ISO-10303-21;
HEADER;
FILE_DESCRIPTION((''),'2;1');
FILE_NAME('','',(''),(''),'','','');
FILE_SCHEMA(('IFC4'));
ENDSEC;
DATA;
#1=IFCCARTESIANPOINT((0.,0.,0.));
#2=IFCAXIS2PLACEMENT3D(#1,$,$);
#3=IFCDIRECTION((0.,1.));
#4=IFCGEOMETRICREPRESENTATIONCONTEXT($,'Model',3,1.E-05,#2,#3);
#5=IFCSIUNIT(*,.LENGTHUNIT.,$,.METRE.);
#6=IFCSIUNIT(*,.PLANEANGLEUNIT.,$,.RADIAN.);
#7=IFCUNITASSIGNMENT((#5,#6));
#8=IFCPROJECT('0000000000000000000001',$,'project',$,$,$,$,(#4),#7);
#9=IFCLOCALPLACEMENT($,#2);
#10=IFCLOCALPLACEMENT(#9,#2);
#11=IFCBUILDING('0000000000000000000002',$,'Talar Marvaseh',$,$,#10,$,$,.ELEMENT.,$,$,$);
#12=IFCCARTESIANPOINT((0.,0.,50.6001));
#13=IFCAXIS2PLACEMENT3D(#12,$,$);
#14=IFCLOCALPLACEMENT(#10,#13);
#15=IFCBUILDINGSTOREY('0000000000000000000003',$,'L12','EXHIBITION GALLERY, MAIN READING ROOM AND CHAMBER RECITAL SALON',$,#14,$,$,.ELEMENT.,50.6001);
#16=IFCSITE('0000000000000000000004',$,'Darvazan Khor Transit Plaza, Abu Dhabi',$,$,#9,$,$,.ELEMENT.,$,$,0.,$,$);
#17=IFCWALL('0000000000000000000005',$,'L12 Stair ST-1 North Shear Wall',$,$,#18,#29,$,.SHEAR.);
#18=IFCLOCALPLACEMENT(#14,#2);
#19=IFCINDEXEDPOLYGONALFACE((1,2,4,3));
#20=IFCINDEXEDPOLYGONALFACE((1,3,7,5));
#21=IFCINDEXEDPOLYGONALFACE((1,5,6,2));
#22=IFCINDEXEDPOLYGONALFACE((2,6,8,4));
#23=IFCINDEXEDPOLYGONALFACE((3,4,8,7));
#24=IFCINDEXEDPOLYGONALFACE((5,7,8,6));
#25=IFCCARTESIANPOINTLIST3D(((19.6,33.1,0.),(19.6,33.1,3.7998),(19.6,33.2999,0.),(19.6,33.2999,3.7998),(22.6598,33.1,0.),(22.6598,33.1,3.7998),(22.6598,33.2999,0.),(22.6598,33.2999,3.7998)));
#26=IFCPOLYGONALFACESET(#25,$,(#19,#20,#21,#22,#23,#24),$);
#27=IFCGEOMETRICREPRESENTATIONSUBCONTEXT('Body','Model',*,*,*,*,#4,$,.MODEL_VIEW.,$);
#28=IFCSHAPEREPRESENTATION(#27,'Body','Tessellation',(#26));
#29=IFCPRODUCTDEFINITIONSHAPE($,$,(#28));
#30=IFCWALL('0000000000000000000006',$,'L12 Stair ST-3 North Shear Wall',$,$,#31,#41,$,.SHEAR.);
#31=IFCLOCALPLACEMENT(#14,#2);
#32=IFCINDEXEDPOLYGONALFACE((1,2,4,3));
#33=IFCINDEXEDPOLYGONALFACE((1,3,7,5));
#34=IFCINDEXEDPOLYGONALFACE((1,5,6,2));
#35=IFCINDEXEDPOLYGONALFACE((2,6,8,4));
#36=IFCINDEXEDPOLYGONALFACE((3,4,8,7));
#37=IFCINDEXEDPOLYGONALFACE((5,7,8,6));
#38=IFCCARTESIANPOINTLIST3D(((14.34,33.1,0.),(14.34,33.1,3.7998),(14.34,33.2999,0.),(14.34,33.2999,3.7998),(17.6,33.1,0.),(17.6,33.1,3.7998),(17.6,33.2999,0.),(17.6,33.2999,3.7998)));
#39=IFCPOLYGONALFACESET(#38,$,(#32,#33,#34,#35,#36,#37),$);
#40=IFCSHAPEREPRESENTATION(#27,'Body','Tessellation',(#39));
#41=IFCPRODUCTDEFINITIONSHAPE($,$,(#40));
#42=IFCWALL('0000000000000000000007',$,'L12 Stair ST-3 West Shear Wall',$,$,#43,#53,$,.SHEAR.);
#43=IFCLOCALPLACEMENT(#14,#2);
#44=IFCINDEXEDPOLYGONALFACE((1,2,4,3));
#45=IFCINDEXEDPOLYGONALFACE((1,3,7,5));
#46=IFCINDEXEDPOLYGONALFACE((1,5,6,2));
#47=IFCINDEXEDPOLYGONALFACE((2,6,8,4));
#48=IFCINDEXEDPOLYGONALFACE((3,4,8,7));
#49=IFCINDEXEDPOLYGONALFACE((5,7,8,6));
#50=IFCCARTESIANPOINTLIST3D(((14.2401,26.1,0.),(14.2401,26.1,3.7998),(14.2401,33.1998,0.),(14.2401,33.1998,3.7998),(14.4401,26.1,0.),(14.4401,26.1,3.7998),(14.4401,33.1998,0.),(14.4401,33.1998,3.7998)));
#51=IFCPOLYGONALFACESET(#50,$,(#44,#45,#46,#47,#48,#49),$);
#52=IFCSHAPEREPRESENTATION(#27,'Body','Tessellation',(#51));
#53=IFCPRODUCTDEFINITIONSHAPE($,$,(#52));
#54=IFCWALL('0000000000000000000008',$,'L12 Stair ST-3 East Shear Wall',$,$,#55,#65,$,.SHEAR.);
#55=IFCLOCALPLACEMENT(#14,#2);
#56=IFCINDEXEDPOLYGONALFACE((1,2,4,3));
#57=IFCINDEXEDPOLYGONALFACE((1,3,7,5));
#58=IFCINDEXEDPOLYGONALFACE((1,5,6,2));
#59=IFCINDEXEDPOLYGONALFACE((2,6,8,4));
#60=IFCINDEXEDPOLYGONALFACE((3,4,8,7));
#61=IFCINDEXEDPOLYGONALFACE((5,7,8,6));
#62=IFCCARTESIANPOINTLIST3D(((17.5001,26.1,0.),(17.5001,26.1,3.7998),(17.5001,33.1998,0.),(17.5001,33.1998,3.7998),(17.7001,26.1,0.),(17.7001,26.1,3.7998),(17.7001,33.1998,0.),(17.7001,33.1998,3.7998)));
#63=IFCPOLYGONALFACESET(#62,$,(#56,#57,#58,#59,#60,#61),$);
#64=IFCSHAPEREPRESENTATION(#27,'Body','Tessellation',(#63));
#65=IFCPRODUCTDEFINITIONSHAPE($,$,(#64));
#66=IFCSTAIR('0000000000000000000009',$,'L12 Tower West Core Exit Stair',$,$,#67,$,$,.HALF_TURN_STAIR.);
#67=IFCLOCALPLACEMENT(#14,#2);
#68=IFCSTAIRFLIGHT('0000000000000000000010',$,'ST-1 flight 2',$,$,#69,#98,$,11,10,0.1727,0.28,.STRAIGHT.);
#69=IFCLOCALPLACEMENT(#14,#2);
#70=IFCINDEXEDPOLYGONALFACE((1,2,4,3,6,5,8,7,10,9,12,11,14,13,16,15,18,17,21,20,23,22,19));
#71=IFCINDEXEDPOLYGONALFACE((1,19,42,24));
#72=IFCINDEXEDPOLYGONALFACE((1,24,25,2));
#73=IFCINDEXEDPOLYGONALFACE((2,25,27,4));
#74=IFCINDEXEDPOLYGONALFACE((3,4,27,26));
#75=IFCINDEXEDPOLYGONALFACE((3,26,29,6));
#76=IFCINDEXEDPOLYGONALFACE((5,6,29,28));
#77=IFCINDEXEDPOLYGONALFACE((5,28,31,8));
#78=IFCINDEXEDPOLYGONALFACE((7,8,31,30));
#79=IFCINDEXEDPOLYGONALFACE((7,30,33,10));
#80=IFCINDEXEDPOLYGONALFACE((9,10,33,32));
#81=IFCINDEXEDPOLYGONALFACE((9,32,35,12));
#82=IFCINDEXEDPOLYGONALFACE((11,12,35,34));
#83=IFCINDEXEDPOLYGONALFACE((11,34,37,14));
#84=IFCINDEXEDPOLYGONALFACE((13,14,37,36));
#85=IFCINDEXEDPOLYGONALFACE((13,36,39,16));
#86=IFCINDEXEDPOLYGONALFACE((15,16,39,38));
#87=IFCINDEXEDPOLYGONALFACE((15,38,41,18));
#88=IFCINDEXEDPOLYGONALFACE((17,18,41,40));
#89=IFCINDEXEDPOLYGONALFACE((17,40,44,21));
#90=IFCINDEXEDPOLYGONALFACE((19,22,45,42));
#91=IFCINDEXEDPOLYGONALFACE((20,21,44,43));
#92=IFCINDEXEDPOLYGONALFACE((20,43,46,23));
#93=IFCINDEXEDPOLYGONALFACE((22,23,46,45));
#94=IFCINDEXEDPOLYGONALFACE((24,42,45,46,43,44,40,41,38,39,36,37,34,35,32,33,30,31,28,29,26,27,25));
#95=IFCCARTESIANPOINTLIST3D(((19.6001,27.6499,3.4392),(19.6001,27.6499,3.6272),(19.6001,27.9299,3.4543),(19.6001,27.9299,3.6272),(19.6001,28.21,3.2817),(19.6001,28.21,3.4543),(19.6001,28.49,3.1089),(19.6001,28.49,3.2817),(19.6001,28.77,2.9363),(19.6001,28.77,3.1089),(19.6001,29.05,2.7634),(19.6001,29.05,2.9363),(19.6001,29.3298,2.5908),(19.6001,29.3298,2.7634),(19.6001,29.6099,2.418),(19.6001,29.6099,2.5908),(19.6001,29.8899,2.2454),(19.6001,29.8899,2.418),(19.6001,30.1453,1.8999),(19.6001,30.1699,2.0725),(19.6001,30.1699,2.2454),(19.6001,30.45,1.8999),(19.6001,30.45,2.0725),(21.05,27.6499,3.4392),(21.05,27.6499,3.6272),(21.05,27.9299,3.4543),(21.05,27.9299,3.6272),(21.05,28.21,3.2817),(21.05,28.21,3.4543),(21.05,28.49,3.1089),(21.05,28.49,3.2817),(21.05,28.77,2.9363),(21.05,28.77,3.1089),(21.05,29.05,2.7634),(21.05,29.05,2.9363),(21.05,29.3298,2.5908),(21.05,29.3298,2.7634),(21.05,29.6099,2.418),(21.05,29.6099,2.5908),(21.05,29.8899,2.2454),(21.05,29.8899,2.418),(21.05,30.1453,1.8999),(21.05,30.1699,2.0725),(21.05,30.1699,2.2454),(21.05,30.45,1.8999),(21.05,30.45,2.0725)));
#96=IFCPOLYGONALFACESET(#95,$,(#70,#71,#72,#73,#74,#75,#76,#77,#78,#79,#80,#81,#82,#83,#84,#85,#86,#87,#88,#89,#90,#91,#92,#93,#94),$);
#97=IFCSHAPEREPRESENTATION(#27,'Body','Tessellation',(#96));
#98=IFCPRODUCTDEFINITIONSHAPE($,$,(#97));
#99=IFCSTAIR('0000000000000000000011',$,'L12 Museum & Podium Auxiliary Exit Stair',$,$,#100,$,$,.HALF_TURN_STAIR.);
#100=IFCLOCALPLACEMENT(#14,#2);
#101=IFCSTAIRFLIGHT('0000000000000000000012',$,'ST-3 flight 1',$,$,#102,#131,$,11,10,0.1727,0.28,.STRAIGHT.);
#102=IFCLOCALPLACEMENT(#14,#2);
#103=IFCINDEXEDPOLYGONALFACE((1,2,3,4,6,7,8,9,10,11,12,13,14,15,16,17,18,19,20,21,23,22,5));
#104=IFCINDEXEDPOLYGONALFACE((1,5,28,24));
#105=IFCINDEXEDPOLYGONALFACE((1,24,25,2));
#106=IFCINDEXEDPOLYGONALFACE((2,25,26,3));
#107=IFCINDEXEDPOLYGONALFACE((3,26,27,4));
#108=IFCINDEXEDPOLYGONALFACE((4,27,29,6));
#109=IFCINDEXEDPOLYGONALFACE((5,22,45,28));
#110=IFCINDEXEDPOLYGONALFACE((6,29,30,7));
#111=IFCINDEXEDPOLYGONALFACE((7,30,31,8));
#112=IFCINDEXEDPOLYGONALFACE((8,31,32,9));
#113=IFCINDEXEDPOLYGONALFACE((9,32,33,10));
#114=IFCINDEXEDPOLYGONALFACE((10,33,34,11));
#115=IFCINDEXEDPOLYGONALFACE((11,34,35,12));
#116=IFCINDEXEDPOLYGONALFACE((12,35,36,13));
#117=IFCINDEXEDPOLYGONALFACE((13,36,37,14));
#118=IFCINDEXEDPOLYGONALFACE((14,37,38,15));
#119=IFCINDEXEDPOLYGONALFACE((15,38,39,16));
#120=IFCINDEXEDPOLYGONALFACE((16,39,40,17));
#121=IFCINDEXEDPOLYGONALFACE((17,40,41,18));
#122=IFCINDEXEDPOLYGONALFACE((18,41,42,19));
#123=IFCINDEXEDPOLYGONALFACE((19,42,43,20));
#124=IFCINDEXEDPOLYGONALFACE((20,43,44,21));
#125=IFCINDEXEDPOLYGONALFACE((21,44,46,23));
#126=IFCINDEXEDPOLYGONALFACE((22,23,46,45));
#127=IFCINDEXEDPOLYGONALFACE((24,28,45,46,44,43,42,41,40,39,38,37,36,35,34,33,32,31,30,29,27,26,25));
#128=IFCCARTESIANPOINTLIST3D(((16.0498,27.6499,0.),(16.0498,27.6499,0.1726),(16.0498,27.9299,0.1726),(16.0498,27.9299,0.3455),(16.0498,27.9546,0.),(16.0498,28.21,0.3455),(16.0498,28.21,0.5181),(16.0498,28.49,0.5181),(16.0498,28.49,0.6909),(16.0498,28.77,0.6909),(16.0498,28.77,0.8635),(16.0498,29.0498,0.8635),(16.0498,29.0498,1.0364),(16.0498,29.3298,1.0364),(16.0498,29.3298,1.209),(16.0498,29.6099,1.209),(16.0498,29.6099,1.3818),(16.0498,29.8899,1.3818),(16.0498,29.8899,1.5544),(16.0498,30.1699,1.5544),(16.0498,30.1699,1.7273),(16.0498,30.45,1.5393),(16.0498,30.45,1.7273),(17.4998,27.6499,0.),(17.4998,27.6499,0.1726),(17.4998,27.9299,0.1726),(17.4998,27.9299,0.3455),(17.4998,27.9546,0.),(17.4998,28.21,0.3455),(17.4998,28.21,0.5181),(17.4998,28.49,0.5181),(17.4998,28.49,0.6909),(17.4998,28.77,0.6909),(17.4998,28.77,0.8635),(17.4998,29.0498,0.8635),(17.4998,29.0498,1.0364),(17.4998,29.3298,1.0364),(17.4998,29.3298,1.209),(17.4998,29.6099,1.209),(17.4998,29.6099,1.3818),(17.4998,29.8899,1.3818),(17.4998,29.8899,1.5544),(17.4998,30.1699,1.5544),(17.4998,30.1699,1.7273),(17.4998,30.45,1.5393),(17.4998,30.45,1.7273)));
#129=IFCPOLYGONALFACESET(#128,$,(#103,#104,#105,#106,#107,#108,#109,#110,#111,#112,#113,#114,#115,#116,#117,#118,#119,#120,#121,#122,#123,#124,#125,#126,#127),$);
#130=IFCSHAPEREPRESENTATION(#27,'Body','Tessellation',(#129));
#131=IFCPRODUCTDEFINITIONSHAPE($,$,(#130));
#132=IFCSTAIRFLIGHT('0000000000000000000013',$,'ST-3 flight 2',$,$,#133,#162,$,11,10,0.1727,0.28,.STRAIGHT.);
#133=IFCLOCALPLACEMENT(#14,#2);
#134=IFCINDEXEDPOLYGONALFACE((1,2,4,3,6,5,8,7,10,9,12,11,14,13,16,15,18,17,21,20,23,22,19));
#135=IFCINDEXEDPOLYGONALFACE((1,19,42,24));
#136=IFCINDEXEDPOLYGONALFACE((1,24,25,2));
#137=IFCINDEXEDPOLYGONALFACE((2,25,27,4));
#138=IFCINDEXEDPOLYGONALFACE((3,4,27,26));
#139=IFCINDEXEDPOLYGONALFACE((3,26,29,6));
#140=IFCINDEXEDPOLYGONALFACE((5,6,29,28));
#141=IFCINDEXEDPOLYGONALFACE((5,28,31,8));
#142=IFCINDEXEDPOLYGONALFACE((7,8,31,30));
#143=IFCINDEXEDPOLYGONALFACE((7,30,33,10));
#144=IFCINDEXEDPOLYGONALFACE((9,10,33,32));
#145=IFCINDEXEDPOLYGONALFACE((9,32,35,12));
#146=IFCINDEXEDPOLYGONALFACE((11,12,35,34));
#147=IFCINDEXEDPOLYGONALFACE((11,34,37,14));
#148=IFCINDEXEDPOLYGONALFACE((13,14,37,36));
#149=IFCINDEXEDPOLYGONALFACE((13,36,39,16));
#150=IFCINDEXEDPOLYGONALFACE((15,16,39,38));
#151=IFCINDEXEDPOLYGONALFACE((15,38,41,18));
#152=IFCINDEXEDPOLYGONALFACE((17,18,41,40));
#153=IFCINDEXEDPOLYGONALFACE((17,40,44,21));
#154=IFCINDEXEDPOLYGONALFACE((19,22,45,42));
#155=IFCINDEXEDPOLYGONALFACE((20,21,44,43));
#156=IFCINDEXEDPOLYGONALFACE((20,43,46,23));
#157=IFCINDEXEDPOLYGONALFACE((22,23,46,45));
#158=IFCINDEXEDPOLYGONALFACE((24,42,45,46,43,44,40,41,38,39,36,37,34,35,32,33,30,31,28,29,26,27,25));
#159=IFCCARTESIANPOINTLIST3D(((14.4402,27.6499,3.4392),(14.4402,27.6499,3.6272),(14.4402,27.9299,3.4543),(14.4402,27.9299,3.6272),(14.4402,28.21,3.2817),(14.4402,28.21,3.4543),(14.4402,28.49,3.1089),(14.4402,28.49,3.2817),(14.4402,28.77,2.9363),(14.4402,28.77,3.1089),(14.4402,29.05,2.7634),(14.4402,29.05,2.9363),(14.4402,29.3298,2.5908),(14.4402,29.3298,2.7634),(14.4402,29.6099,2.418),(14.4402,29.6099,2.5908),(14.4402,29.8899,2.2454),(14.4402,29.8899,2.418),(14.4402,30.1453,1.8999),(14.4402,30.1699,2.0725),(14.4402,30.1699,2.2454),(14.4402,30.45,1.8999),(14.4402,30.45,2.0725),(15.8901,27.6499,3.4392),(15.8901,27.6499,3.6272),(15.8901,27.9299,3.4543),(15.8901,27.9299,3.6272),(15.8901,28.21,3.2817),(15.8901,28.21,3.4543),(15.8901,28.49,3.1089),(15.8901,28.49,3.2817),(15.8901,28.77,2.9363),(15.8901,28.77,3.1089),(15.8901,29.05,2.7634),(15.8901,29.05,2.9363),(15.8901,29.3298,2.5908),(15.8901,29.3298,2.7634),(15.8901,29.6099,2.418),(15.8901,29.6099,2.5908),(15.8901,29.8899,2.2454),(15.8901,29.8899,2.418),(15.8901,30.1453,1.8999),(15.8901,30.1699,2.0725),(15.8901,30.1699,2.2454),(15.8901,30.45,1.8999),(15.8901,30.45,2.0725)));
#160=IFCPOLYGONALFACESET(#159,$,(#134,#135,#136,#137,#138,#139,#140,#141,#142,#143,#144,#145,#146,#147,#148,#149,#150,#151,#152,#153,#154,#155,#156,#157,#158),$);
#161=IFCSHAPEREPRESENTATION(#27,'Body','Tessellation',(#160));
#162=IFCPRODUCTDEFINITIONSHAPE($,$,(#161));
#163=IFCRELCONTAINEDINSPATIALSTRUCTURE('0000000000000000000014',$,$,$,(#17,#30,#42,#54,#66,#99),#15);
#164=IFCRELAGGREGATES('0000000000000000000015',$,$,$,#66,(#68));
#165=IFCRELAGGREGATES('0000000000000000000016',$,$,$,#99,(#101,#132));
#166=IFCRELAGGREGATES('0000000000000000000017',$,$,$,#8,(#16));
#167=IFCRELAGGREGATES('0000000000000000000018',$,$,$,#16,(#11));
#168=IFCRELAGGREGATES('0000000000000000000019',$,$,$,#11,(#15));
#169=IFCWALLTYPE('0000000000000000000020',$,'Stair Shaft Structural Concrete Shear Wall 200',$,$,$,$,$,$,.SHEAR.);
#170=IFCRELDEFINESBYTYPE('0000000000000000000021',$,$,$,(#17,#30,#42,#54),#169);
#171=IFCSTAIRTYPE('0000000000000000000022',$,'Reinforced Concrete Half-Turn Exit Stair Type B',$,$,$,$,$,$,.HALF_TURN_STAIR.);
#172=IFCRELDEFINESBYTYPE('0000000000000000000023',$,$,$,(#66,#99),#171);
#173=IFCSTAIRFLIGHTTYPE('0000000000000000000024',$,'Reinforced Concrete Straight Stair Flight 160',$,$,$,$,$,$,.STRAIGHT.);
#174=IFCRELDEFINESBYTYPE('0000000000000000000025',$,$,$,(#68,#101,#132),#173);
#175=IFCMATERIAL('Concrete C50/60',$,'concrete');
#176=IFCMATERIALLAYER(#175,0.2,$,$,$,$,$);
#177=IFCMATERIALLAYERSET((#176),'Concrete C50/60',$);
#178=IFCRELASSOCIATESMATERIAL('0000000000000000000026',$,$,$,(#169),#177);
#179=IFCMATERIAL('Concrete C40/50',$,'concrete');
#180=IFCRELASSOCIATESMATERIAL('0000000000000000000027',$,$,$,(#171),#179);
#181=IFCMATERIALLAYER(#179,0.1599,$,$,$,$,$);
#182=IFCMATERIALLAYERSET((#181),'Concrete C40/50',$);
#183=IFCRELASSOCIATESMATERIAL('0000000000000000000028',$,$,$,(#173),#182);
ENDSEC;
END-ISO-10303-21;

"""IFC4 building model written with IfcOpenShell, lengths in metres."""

from ifc_helpers import new_model, si_unit, direction, frame, frame_2d, origin, place, context, subcontext, project, spatial, polyline, rectangle, outline, extrude, material, layer, layer_set, type_object, element, aggregate, save


model = new_model("IFC4")

# Units and contexts
model_context = context("Model", 3, precision=1e-05, world=origin(), true_north=direction((0.0, 1.0)))
body_context = subcontext(model_context, "Body", "Model", "MODEL_VIEW")
ifc_project = project(units=[si_unit("LENGTHUNIT", "METRE"), si_unit("PLANEANGLEUNIT", "RADIAN")], contexts=[model_context])

# Site, building, storey
site_placement = place(None, origin())
site = spatial("IfcSite", under=ifc_project, at=site_placement, Name="Darvazan Khor Transit Plaza, Abu Dhabi", CompositionType="ELEMENT", RefElevation=0.0)
building_placement = place(site_placement, origin())
building = spatial("IfcBuilding", under=site, at=building_placement, Name="Talar Marvaseh", CompositionType="ELEMENT")
storey_placement = place(building_placement, frame((0.0, 0.0, 50.6001)))
storey = spatial("IfcBuildingStorey", under=building, at=storey_placement, Name="L12", Description="EXHIBITION GALLERY, MAIN READING ROOM AND CHAMBER RECITAL SALON", CompositionType="ELEMENT", Elevation=50.6001)

# Shared definitions
ifc_material_1 = material(Name="Concrete C40/50", Category="concrete")

# Wall
ifc_material_2 = material(Name="Concrete C50/60", Category="concrete")
ifc_layer_1 = layer(ifc_material_2, 0.2)
ifc_layer_set_1 = layer_set([ifc_layer_1], Name="Concrete C50/60")
wall_type_1 = type_object("IfcWallType", Name="Stair Shaft Structural Concrete Shear Wall 200", PredefinedType="SHEAR", material=ifc_layer_set_1)
wall_1_placement = place(storey_placement, frame((19.6001, 33.2, 0.0), z_axis=(0.0, 0.0, 1.0), x_axis=(1.0, 0.0, 0.0)))
element("IfcWall", 1, at=wall_1_placement, inside=storey, type_object=wall_type_1, Name="L12 Stair ST-1 North Shear Wall", PredefinedType="SHEAR", context=body_context, shape_type="SweptSolid", body=[
    extrude(rectangle(XDim=3.0598, YDim=0.2, at=frame_2d((1.5298, 0.0))), origin(), (0.0, 0.0, 1.0), 3.7998),
])

# Walls
wall_2_placement = place(storey_placement, frame((14.3401, 33.2, 0.0), z_axis=(0.0, 0.0, 1.0), x_axis=(1.0, 0.0, 0.0)))
element("IfcWall", 2, at=wall_2_placement, inside=storey, type_object=wall_type_1, Name="L12 Stair ST-3 North Shear Wall", PredefinedType="SHEAR", context=body_context, shape_type="SweptSolid", body=[
    extrude(rectangle(XDim=3.26, YDim=0.2, at=frame_2d((1.6299, 0.0))), origin(), (0.0, 0.0, 1.0), 3.7998),
])
for number, where, z_axis, x_axis, name in (
    (3, (14.3401, 26.1001, 0.0), (0.0, 0.0, 1.0), (0.0, 1.0, 0.0), "L12 Stair ST-3 West Shear Wall"),
    (4, (17.6001, 26.1001, 0.0), (0.0, 0.0, 1.0), (0.0, 1.0, 0.0), "L12 Stair ST-3 East Shear Wall"),
):
    element("IfcWall", number, at=place(storey_placement, frame(where, z_axis=z_axis, x_axis=x_axis)), inside=storey, type_object=wall_type_1, Name=name, PredefinedType="SHEAR", context=body_context, shape_type="SweptSolid", body=[
        extrude(rectangle(XDim=7.0999, YDim=0.2, at=frame_2d((3.5498, 0.0))), origin(), (0.0, 0.0, 1.0), 3.7998),
    ])

# Stair, stair flight
stair_type = type_object("IfcStairType", Name="Reinforced Concrete Half-Turn Exit Stair Type B", PredefinedType="HALF_TURN_STAIR", material=ifc_material_1)
stair_1_placement = place(storey_placement, origin())
stair_1 = element("IfcStair", 5, at=stair_1_placement, inside=storey, type_object=stair_type, Name="L12 Tower West Core Exit Stair", PredefinedType="HALF_TURN_STAIR")
ifc_layer_2 = layer(ifc_material_1, 0.1599)
ifc_layer_set_2 = layer_set([ifc_layer_2], Name="Concrete C40/50")
stair_flight_type = type_object("IfcStairFlightType", Name="Reinforced Concrete Straight Stair Flight 160", PredefinedType="STRAIGHT", material=ifc_layer_set_2)
stair_flight_1_placement = place(storey_placement, frame((20.325, 30.45, 1.8999), z_axis=(0.0, 0.0, 1.0), x_axis=(0.0, -1.0, 0.0)))
stair_flight_1 = element("IfcStairFlight", 6, at=stair_flight_1_placement, type_object=stair_flight_type, Name="ST-1 flight 2", NumberOfRisers=11, NumberOfTreads=10, PredefinedType="STRAIGHT", RiserHeight=0.1727, TreadLength=0.28, context=body_context, shape_type="SweptSolid", body=[
    extrude(outline(polyline([(0.0, 0.0), (0.0, 0.1726), (0.28, 0.1726), (0.28, 0.3455), (0.5601, 0.3455), (0.5601, 0.5181), (0.8401, 0.5181), (0.8401, 0.6909), (1.1201, 0.6909), (1.1201, 0.8635), (1.3999, 0.8635), (1.3999, 1.0364), (1.6799, 1.0364), (1.6799, 1.209), (1.96, 1.209), (1.96, 1.3818), (2.24, 1.3818), (2.24, 1.5544), (2.52, 1.5544), (2.52, 1.7273), (2.8, 1.7273), (2.8, 1.8999), (2.8, 1.5393), (0.3047, 0.0), (0.0, 0.0)])), frame((0.0, 0.7251, 0.0), z_axis=(0.0, -1.0, 0.0), x_axis=(1.0, 0.0, 0.0)), (0.0, 0.0, 1.0), 1.45),
])
aggregate(stair_1, [stair_flight_1])

# Stair, stair flights
stair_2_placement = place(storey_placement, origin())
stair_2 = element("IfcStair", 7, at=stair_2_placement, inside=storey, type_object=stair_type, Name="L12 Museum & Podium Auxiliary Exit Stair", PredefinedType="HALF_TURN_STAIR")
stair_flight_2_placement = place(storey_placement, frame((16.7749, 27.6499, 0.0), z_axis=(0.0, 0.0, 1.0), x_axis=(0.0, 1.0, 0.0)))
stair_flight_2 = element("IfcStairFlight", 8, at=stair_flight_2_placement, type_object=stair_flight_type, Name="ST-3 flight 1", NumberOfRisers=11, NumberOfTreads=10, PredefinedType="STRAIGHT", RiserHeight=0.1727, TreadLength=0.28, context=body_context, shape_type="SweptSolid", body=[
    extrude(outline(polyline([(0.0, 0.0), (0.0, 0.1726), (0.28, 0.1726), (0.28, 0.3455), (0.5601, 0.3455), (0.5601, 0.5181), (0.8401, 0.5181), (0.8401, 0.6909), (1.1201, 0.6909), (1.1201, 0.8635), (1.3999, 0.8635), (1.3999, 1.0364), (1.6799, 1.0364), (1.6799, 1.209), (1.96, 1.209), (1.96, 1.3818), (2.24, 1.3818), (2.24, 1.5544), (2.52, 1.5544), (2.52, 1.7273), (2.8, 1.7273), (2.8, 1.8999), (2.8, 1.5393), (0.3047, 0.0), (0.0, 0.0)])), frame((0.0, 0.7251, 0.0), z_axis=(0.0, -1.0, 0.0), x_axis=(1.0, 0.0, 0.0)), (0.0, 0.0, 1.0), 1.45),
])
stair_flight_3_placement = place(storey_placement, frame((15.165, 30.45, 1.8999), z_axis=(0.0, 0.0, 1.0), x_axis=(0.0, -1.0, 0.0)))
stair_flight_3 = element("IfcStairFlight", 9, at=stair_flight_3_placement, type_object=stair_flight_type, Name="ST-3 flight 2", NumberOfRisers=11, NumberOfTreads=10, PredefinedType="STRAIGHT", RiserHeight=0.1727, TreadLength=0.28, context=body_context, shape_type="SweptSolid", body=[
    extrude(outline(polyline([(0.0, 0.0), (0.0, 0.1726), (0.28, 0.1726), (0.28, 0.3455), (0.5601, 0.3455), (0.5601, 0.5181), (0.8401, 0.5181), (0.8401, 0.6909), (1.1201, 0.6909), (1.1201, 0.8635), (1.3999, 0.8635), (1.3999, 1.0364), (1.6799, 1.0364), (1.6799, 1.209), (1.96, 1.209), (1.96, 1.3818), (2.24, 1.3818), (2.24, 1.5544), (2.52, 1.5544), (2.52, 1.7273), (2.8, 1.7273), (2.8, 1.8999), (2.8, 1.5393), (0.3047, 0.0), (0.0, 0.0)])), frame((0.0, 0.7251, 0.0), z_axis=(0.0, -1.0, 0.0), x_axis=(1.0, 0.0, 0.0)), (0.0, 0.0, 1.0), 1.45),
])
aggregate(stair_2, [stair_flight_2, stair_flight_3])

save(model, "model.ifc")
